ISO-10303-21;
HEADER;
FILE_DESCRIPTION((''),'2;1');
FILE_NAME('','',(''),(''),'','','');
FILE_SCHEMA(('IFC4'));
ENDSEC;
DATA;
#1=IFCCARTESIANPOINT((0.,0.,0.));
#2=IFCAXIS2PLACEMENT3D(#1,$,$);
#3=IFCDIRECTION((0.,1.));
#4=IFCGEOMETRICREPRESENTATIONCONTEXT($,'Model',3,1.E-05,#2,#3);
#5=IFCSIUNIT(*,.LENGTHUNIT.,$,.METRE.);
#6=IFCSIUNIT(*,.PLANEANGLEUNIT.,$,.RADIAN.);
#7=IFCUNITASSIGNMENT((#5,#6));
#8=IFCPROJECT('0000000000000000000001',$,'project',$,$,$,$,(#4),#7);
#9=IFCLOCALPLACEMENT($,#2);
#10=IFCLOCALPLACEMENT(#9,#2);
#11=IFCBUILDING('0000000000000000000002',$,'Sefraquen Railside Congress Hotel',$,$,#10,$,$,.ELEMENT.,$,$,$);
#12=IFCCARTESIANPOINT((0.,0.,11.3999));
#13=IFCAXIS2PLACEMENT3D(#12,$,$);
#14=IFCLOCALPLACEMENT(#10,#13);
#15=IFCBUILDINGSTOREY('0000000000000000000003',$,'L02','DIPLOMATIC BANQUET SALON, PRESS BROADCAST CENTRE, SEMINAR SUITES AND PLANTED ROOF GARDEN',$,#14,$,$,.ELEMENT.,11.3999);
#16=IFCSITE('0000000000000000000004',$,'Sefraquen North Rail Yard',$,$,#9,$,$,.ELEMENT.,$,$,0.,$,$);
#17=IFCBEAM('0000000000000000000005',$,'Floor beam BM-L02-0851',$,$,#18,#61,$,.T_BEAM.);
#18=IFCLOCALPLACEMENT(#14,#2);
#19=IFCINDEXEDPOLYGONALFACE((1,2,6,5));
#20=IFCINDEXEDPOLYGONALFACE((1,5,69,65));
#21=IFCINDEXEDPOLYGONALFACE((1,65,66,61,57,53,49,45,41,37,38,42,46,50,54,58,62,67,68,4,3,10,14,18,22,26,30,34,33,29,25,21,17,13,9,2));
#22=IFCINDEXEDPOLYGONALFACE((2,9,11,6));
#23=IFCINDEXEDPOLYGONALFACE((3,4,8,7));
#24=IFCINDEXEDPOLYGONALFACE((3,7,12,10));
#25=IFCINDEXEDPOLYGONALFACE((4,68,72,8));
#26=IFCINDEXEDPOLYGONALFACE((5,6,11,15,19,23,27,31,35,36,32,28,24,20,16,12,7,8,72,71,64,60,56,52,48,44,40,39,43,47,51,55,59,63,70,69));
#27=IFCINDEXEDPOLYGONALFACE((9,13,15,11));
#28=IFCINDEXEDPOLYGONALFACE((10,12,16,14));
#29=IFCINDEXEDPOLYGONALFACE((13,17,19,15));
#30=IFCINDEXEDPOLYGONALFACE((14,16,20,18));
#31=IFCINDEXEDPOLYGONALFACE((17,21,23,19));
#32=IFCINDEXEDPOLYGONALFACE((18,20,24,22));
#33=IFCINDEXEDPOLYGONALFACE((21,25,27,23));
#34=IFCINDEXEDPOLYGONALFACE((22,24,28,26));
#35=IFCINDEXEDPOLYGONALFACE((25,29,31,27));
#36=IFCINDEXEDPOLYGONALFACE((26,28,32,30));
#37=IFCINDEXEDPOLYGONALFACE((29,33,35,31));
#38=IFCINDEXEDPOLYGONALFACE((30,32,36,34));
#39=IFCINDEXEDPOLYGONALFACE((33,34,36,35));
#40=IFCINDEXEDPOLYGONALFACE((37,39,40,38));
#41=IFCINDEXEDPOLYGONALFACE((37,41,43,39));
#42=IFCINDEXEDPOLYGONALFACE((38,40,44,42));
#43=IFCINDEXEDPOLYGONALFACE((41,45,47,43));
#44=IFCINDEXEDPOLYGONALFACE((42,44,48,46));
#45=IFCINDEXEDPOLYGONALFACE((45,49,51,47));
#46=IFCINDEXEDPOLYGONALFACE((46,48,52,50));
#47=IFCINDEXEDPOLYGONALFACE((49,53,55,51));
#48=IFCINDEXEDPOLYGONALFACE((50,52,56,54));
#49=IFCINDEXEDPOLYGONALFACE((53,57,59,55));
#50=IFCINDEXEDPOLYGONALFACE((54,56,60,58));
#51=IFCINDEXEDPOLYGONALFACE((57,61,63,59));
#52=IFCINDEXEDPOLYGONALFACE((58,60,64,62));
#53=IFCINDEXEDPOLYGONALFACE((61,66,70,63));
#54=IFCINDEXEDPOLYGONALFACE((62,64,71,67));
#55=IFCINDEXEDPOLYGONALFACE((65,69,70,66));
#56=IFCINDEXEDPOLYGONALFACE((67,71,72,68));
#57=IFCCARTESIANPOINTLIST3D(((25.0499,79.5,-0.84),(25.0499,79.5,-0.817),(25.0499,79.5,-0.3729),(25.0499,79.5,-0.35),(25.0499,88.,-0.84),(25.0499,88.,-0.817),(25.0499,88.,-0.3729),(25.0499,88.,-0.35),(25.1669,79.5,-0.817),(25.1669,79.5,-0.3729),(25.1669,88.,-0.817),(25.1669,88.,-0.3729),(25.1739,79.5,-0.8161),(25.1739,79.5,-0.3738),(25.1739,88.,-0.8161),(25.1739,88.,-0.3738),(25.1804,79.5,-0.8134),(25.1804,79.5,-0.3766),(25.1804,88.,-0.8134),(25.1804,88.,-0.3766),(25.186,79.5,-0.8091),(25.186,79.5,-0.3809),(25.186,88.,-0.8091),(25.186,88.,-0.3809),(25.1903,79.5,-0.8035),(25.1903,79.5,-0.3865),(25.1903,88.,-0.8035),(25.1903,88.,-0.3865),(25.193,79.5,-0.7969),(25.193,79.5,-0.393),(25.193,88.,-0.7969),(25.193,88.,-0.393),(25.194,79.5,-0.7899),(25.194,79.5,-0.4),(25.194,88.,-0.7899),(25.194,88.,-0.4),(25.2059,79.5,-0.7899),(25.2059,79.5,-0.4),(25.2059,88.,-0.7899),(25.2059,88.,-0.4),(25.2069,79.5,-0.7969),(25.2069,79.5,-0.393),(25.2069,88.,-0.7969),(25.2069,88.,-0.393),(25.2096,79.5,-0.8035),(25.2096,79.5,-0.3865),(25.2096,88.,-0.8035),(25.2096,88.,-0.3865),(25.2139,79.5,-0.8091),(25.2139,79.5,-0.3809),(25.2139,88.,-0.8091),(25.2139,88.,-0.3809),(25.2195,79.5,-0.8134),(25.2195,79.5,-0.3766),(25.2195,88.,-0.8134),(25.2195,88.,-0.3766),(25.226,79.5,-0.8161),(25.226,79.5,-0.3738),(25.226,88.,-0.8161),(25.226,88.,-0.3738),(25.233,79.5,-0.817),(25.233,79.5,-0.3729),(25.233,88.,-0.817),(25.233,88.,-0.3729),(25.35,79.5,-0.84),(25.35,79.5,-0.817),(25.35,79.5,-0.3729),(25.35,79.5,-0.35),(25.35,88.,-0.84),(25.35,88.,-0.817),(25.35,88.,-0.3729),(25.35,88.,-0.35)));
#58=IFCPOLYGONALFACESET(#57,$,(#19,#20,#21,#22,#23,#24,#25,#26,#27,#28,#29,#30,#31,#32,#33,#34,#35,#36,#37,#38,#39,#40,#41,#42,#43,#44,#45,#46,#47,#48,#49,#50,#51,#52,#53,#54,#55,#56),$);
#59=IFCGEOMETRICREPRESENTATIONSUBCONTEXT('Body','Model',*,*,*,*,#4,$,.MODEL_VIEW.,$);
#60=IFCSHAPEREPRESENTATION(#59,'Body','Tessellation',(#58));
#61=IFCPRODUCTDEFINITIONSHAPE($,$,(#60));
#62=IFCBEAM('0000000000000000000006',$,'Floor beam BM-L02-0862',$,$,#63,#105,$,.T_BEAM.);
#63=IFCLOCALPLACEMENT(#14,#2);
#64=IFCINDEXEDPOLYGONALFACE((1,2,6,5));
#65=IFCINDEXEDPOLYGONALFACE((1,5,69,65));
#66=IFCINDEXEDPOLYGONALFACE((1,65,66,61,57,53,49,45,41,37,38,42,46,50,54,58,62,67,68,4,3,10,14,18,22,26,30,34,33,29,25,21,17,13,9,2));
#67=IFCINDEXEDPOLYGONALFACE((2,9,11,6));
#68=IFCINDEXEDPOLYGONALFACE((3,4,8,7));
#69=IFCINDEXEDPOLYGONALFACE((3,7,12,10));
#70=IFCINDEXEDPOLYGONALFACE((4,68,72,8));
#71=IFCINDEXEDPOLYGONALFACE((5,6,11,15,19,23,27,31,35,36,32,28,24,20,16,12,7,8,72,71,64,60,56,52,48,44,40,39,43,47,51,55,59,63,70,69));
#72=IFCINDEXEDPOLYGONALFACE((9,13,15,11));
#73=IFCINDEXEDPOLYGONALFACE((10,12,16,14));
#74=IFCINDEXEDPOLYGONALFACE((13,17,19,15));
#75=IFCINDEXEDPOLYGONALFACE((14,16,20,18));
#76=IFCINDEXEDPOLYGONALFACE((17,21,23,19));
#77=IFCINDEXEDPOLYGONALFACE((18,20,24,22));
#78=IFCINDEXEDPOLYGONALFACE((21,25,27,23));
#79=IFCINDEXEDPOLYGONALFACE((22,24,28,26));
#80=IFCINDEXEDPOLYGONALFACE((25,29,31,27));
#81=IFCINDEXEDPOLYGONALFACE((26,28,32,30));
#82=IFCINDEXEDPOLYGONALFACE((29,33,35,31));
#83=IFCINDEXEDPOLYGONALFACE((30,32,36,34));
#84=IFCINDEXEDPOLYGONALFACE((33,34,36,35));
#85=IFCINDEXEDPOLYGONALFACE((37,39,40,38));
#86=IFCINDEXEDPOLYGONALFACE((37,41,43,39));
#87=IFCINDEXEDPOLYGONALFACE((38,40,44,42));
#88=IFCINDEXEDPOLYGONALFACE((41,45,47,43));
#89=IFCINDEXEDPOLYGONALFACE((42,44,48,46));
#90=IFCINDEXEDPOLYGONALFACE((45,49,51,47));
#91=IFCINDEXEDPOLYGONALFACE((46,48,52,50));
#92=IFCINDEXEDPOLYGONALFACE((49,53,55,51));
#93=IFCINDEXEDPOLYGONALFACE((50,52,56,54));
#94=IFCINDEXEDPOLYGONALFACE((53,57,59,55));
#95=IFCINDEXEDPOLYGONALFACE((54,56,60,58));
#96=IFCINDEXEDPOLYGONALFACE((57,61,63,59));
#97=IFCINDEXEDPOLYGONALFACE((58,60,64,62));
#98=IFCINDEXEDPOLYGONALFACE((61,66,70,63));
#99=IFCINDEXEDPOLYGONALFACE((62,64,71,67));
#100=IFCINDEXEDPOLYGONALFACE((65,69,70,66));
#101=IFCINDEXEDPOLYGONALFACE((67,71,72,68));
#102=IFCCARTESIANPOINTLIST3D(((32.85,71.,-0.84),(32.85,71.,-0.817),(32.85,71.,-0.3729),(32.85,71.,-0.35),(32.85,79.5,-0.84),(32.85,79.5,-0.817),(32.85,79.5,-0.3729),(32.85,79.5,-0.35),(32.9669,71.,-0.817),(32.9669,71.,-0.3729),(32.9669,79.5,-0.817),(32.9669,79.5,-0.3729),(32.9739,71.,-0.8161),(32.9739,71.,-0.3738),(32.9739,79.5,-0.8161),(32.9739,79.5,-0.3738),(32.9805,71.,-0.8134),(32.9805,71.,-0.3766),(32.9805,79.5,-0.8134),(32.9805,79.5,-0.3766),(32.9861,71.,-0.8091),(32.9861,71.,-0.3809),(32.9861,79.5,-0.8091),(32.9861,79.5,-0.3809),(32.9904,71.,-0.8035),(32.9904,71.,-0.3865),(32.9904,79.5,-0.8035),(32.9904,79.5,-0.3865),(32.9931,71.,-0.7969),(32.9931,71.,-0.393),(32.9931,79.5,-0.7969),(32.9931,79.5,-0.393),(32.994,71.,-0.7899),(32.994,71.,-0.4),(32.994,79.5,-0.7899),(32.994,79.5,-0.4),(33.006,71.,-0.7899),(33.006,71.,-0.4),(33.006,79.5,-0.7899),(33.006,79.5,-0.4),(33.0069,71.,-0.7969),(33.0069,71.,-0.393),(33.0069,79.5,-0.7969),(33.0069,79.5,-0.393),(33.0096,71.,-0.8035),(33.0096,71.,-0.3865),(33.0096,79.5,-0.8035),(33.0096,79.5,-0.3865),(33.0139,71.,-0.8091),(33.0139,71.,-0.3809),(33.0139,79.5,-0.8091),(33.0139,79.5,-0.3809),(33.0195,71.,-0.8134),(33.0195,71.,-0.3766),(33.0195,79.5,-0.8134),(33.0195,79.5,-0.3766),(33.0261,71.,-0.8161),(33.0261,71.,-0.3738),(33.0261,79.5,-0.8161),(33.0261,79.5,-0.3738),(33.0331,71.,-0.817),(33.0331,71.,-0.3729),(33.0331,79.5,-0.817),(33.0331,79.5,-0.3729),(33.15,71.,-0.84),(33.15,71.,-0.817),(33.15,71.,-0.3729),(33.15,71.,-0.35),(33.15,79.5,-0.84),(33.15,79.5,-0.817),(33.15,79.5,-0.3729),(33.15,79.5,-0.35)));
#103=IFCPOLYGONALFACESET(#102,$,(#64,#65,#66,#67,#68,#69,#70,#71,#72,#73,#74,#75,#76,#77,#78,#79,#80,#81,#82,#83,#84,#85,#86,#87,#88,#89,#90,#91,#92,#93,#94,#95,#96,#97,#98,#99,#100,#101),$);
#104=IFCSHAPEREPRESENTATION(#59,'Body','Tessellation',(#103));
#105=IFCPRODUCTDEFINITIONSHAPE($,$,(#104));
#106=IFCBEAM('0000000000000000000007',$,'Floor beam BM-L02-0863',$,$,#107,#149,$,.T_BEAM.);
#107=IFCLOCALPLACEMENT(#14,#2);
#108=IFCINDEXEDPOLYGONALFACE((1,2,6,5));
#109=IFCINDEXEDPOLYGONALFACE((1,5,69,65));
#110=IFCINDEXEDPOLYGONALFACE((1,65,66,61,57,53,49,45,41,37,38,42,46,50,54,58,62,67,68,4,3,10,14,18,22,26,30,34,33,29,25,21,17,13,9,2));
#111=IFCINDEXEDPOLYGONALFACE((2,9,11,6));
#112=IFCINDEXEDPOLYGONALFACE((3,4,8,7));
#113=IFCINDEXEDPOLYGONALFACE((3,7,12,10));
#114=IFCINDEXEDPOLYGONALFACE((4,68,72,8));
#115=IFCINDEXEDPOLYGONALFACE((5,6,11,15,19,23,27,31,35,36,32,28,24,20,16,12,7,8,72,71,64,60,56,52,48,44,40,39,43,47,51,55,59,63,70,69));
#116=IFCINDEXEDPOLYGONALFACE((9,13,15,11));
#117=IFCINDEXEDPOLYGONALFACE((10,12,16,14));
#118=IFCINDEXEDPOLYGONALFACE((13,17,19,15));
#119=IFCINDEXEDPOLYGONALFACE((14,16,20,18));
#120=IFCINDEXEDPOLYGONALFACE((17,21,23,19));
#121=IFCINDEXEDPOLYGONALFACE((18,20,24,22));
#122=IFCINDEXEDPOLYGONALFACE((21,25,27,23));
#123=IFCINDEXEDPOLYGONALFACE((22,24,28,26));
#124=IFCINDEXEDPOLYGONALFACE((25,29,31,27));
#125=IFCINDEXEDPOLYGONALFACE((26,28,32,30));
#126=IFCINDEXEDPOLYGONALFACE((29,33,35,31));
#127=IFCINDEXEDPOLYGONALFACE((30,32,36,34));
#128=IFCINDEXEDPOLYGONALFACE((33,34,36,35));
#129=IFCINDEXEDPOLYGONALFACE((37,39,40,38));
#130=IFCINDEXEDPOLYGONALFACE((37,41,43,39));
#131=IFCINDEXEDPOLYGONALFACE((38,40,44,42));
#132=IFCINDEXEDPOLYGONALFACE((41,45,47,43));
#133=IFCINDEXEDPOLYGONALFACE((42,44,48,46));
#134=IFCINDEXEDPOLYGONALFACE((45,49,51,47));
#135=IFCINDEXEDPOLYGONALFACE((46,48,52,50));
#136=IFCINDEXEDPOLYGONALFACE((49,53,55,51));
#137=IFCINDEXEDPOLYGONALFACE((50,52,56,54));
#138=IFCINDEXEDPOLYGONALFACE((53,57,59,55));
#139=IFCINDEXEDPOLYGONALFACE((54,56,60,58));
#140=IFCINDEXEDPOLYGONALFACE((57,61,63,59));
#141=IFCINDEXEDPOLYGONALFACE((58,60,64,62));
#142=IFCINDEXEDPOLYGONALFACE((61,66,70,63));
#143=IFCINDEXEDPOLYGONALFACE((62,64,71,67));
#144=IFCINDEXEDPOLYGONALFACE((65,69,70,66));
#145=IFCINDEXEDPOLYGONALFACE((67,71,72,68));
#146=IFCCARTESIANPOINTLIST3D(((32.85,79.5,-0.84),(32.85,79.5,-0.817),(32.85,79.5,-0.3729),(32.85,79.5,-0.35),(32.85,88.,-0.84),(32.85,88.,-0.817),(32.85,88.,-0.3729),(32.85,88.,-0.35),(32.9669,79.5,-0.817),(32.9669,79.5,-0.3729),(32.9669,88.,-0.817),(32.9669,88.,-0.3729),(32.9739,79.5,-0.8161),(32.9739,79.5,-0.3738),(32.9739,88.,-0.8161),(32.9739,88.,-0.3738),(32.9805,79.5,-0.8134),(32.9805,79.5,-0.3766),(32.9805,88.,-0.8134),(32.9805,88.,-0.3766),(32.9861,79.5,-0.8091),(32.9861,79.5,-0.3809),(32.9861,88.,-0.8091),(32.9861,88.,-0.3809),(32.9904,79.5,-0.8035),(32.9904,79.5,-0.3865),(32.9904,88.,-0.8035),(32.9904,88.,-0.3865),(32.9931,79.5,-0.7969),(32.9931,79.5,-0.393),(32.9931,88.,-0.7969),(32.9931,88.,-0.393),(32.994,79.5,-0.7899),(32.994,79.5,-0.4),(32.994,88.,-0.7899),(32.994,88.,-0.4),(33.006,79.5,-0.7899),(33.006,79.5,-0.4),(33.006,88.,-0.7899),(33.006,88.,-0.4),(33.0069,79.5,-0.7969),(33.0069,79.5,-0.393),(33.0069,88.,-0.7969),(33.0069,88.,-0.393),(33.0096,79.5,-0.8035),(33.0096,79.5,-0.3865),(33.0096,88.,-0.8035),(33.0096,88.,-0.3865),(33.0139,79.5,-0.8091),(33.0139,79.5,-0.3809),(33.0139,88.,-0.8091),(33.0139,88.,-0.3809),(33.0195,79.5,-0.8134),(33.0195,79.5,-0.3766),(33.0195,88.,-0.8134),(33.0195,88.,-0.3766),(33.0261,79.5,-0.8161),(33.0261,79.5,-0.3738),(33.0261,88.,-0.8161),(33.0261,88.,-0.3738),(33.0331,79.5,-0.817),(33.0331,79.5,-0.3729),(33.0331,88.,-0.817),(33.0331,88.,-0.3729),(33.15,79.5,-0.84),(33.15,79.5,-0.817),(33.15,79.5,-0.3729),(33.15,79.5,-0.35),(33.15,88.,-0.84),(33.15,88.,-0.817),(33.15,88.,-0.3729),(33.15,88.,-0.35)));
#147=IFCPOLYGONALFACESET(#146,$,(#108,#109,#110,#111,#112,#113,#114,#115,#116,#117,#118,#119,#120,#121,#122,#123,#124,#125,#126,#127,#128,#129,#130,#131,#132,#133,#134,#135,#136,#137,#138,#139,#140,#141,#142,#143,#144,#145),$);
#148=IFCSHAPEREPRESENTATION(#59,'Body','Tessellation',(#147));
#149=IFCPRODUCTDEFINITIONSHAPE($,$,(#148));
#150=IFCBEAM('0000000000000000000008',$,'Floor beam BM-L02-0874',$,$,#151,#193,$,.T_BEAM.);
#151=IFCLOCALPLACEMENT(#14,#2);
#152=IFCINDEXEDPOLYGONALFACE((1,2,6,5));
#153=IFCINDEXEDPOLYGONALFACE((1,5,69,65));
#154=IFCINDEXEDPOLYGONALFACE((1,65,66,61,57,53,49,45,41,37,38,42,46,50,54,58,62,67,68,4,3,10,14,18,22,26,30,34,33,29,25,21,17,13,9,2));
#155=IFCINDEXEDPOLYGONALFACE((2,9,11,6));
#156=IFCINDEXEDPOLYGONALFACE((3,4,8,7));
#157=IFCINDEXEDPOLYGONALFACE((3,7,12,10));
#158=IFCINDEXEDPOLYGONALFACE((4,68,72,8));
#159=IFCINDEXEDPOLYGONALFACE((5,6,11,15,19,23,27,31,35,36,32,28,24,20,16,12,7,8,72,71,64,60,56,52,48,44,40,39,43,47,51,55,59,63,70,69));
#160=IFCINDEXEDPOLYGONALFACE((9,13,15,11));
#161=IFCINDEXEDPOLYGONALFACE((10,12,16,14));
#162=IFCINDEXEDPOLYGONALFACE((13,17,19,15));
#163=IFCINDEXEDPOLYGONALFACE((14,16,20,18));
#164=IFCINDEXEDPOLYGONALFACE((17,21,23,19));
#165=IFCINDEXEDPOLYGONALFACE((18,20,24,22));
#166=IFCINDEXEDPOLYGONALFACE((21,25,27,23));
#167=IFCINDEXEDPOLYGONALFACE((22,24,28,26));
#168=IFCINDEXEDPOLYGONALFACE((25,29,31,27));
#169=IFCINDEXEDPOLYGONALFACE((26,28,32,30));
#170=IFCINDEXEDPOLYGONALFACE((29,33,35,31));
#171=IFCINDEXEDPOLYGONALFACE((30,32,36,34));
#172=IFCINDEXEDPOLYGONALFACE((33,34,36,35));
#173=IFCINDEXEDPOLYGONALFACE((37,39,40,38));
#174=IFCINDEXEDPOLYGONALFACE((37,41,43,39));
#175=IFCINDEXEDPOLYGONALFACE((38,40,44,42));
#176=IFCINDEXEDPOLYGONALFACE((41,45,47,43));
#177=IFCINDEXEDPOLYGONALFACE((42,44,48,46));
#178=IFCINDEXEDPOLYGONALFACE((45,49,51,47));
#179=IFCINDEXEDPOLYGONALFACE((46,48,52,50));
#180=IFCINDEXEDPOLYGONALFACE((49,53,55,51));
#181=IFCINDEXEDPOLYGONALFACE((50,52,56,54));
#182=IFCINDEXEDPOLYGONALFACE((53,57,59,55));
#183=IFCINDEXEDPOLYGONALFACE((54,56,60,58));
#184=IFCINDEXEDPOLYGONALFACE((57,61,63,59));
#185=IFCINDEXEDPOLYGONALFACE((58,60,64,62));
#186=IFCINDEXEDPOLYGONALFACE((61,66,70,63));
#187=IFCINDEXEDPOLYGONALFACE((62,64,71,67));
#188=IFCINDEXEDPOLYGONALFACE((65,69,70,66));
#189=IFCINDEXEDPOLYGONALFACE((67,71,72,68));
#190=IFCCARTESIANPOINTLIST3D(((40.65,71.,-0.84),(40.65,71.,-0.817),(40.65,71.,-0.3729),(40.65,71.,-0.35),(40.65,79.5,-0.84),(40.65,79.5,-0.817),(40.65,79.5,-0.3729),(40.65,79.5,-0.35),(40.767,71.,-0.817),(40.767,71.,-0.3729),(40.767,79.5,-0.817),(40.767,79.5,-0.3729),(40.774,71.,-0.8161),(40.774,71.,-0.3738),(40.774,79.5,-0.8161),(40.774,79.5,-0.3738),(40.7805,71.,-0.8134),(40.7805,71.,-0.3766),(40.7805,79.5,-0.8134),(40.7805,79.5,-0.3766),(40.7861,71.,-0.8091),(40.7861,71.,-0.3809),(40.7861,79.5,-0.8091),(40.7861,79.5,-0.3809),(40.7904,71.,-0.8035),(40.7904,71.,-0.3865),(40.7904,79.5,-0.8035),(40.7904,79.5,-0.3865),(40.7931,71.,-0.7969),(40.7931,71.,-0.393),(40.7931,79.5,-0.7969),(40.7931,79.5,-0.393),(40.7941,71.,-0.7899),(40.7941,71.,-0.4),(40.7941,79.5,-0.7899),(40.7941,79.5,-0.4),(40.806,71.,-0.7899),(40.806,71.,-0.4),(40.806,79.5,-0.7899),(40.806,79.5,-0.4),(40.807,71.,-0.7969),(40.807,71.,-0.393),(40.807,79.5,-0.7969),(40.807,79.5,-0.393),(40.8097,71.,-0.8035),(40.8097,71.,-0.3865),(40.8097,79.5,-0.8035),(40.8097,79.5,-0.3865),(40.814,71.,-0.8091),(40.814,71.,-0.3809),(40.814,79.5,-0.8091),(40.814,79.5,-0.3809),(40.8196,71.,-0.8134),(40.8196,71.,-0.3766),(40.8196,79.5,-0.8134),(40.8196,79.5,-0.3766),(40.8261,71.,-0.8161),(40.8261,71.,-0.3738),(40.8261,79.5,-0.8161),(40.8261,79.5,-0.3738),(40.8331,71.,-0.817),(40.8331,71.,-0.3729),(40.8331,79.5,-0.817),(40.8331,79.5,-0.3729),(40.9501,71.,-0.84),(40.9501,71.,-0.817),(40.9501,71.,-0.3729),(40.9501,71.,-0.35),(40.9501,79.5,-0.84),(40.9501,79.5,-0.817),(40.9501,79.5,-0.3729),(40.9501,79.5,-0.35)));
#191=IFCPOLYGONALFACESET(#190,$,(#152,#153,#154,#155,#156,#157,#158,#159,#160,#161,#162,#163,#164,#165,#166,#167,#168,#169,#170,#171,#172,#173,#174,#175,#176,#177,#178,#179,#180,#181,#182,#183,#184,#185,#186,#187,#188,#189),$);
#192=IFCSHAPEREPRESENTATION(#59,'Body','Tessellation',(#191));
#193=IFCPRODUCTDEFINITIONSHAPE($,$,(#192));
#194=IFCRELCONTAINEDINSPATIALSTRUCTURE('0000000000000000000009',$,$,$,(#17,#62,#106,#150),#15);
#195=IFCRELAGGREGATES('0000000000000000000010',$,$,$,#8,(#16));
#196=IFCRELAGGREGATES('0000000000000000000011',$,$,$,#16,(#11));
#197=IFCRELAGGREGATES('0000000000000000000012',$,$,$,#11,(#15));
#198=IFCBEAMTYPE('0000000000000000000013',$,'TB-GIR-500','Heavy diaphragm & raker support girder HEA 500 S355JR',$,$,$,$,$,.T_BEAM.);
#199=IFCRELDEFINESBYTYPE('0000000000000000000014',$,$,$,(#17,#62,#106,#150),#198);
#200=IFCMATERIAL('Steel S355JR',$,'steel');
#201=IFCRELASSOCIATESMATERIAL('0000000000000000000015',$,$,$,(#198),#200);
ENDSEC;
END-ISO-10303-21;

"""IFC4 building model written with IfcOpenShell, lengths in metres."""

from ifc_helpers import new_model, si_unit, direction, frame, origin, origin_2d, place, context, subcontext, project, spatial, i_section, extrude, material, material_profile, profile_set, type_object, element, save


model = new_model("IFC4")

# Units and contexts
model_context = context("Model", 3, precision=1e-05, world=origin(), true_north=direction((0.0, 1.0)))
body_context = subcontext(model_context, "Body", "Model", "MODEL_VIEW")
ifc_project = project(units=[si_unit("LENGTHUNIT", "METRE"), si_unit("PLANEANGLEUNIT", "RADIAN")], contexts=[model_context])

# Site, building, storey
site_placement = place(None, origin())
site = spatial("IfcSite", under=ifc_project, at=site_placement, Name="Sefraquen North Rail Yard", CompositionType="ELEMENT", RefElevation=0.0)
building_placement = place(site_placement, origin())
building = spatial("IfcBuilding", under=site, at=building_placement, Name="Sefraquen Railside Congress Hotel", CompositionType="ELEMENT")
storey_placement = place(building_placement, frame((0.0, 0.0, 11.3999)))
storey = spatial("IfcBuildingStorey", under=building, at=storey_placement, Name="L02", Description="DIPLOMATIC BANQUET SALON, PRESS BROADCAST CENTRE, SEMINAR SUITES AND PLANTED ROOF GARDEN", CompositionType="ELEMENT", Elevation=11.3999)

# Shared definitions
ifc_material_1 = material(Name="Steel S355JR", Category="steel")

# Beams
ifc_material_profile_1 = material_profile(ifc_material_1, i_section(OverallWidth=0.3, OverallDepth=0.49, WebThickness=0.012, FlangeThickness=0.0229, FilletRadius=0.0271, at=origin_2d()), Name="HEA 500")
ifc_profile_set_1 = profile_set([ifc_material_profile_1], Name="Steel S355JR")
beam_type_1 = type_object("IfcBeamType", Name="TB-GIR-500", Description="Heavy diaphragm & raker support girder HEA 500 S355JR", PredefinedType="T_BEAM", material=ifc_profile_set_1)
for number, where, z_axis, x_axis, name in (
    (1, (25.2, 79.5, -0.595), (0.0, 1.0, 0.0), (-1.0, 0.0, 0.0), "Floor beam BM-L02-0851"),
    (2, (33.0, 71.0, -0.595), (0.0, 1.0, 0.0), (-1.0, 0.0, 0.0), "Floor beam BM-L02-0862"),
    (3, (33.0, 79.5, -0.595), (0.0, 1.0, 0.0), (-1.0, 0.0, 0.0), "Floor beam BM-L02-0863"),
    (4, (40.8, 71.0, -0.595), (0.0, 1.0, 0.0), (-1.0, 0.0, 0.0), "Floor beam BM-L02-0874"),
):
    element("IfcBeam", number, at=place(storey_placement, frame(where, z_axis=z_axis, x_axis=x_axis)), inside=storey, type_object=beam_type_1, Name=name, PredefinedType="T_BEAM", context=body_context, shape_type="SweptSolid", body=[
        extrude(i_section(OverallWidth=0.3, OverallDepth=0.49, WebThickness=0.012, FlangeThickness=0.0229, FilletRadius=0.0271, at=origin_2d()), origin(), (0.0, 0.0, 1.0), 8.5),
    ])

save(model, "model.ifc")
